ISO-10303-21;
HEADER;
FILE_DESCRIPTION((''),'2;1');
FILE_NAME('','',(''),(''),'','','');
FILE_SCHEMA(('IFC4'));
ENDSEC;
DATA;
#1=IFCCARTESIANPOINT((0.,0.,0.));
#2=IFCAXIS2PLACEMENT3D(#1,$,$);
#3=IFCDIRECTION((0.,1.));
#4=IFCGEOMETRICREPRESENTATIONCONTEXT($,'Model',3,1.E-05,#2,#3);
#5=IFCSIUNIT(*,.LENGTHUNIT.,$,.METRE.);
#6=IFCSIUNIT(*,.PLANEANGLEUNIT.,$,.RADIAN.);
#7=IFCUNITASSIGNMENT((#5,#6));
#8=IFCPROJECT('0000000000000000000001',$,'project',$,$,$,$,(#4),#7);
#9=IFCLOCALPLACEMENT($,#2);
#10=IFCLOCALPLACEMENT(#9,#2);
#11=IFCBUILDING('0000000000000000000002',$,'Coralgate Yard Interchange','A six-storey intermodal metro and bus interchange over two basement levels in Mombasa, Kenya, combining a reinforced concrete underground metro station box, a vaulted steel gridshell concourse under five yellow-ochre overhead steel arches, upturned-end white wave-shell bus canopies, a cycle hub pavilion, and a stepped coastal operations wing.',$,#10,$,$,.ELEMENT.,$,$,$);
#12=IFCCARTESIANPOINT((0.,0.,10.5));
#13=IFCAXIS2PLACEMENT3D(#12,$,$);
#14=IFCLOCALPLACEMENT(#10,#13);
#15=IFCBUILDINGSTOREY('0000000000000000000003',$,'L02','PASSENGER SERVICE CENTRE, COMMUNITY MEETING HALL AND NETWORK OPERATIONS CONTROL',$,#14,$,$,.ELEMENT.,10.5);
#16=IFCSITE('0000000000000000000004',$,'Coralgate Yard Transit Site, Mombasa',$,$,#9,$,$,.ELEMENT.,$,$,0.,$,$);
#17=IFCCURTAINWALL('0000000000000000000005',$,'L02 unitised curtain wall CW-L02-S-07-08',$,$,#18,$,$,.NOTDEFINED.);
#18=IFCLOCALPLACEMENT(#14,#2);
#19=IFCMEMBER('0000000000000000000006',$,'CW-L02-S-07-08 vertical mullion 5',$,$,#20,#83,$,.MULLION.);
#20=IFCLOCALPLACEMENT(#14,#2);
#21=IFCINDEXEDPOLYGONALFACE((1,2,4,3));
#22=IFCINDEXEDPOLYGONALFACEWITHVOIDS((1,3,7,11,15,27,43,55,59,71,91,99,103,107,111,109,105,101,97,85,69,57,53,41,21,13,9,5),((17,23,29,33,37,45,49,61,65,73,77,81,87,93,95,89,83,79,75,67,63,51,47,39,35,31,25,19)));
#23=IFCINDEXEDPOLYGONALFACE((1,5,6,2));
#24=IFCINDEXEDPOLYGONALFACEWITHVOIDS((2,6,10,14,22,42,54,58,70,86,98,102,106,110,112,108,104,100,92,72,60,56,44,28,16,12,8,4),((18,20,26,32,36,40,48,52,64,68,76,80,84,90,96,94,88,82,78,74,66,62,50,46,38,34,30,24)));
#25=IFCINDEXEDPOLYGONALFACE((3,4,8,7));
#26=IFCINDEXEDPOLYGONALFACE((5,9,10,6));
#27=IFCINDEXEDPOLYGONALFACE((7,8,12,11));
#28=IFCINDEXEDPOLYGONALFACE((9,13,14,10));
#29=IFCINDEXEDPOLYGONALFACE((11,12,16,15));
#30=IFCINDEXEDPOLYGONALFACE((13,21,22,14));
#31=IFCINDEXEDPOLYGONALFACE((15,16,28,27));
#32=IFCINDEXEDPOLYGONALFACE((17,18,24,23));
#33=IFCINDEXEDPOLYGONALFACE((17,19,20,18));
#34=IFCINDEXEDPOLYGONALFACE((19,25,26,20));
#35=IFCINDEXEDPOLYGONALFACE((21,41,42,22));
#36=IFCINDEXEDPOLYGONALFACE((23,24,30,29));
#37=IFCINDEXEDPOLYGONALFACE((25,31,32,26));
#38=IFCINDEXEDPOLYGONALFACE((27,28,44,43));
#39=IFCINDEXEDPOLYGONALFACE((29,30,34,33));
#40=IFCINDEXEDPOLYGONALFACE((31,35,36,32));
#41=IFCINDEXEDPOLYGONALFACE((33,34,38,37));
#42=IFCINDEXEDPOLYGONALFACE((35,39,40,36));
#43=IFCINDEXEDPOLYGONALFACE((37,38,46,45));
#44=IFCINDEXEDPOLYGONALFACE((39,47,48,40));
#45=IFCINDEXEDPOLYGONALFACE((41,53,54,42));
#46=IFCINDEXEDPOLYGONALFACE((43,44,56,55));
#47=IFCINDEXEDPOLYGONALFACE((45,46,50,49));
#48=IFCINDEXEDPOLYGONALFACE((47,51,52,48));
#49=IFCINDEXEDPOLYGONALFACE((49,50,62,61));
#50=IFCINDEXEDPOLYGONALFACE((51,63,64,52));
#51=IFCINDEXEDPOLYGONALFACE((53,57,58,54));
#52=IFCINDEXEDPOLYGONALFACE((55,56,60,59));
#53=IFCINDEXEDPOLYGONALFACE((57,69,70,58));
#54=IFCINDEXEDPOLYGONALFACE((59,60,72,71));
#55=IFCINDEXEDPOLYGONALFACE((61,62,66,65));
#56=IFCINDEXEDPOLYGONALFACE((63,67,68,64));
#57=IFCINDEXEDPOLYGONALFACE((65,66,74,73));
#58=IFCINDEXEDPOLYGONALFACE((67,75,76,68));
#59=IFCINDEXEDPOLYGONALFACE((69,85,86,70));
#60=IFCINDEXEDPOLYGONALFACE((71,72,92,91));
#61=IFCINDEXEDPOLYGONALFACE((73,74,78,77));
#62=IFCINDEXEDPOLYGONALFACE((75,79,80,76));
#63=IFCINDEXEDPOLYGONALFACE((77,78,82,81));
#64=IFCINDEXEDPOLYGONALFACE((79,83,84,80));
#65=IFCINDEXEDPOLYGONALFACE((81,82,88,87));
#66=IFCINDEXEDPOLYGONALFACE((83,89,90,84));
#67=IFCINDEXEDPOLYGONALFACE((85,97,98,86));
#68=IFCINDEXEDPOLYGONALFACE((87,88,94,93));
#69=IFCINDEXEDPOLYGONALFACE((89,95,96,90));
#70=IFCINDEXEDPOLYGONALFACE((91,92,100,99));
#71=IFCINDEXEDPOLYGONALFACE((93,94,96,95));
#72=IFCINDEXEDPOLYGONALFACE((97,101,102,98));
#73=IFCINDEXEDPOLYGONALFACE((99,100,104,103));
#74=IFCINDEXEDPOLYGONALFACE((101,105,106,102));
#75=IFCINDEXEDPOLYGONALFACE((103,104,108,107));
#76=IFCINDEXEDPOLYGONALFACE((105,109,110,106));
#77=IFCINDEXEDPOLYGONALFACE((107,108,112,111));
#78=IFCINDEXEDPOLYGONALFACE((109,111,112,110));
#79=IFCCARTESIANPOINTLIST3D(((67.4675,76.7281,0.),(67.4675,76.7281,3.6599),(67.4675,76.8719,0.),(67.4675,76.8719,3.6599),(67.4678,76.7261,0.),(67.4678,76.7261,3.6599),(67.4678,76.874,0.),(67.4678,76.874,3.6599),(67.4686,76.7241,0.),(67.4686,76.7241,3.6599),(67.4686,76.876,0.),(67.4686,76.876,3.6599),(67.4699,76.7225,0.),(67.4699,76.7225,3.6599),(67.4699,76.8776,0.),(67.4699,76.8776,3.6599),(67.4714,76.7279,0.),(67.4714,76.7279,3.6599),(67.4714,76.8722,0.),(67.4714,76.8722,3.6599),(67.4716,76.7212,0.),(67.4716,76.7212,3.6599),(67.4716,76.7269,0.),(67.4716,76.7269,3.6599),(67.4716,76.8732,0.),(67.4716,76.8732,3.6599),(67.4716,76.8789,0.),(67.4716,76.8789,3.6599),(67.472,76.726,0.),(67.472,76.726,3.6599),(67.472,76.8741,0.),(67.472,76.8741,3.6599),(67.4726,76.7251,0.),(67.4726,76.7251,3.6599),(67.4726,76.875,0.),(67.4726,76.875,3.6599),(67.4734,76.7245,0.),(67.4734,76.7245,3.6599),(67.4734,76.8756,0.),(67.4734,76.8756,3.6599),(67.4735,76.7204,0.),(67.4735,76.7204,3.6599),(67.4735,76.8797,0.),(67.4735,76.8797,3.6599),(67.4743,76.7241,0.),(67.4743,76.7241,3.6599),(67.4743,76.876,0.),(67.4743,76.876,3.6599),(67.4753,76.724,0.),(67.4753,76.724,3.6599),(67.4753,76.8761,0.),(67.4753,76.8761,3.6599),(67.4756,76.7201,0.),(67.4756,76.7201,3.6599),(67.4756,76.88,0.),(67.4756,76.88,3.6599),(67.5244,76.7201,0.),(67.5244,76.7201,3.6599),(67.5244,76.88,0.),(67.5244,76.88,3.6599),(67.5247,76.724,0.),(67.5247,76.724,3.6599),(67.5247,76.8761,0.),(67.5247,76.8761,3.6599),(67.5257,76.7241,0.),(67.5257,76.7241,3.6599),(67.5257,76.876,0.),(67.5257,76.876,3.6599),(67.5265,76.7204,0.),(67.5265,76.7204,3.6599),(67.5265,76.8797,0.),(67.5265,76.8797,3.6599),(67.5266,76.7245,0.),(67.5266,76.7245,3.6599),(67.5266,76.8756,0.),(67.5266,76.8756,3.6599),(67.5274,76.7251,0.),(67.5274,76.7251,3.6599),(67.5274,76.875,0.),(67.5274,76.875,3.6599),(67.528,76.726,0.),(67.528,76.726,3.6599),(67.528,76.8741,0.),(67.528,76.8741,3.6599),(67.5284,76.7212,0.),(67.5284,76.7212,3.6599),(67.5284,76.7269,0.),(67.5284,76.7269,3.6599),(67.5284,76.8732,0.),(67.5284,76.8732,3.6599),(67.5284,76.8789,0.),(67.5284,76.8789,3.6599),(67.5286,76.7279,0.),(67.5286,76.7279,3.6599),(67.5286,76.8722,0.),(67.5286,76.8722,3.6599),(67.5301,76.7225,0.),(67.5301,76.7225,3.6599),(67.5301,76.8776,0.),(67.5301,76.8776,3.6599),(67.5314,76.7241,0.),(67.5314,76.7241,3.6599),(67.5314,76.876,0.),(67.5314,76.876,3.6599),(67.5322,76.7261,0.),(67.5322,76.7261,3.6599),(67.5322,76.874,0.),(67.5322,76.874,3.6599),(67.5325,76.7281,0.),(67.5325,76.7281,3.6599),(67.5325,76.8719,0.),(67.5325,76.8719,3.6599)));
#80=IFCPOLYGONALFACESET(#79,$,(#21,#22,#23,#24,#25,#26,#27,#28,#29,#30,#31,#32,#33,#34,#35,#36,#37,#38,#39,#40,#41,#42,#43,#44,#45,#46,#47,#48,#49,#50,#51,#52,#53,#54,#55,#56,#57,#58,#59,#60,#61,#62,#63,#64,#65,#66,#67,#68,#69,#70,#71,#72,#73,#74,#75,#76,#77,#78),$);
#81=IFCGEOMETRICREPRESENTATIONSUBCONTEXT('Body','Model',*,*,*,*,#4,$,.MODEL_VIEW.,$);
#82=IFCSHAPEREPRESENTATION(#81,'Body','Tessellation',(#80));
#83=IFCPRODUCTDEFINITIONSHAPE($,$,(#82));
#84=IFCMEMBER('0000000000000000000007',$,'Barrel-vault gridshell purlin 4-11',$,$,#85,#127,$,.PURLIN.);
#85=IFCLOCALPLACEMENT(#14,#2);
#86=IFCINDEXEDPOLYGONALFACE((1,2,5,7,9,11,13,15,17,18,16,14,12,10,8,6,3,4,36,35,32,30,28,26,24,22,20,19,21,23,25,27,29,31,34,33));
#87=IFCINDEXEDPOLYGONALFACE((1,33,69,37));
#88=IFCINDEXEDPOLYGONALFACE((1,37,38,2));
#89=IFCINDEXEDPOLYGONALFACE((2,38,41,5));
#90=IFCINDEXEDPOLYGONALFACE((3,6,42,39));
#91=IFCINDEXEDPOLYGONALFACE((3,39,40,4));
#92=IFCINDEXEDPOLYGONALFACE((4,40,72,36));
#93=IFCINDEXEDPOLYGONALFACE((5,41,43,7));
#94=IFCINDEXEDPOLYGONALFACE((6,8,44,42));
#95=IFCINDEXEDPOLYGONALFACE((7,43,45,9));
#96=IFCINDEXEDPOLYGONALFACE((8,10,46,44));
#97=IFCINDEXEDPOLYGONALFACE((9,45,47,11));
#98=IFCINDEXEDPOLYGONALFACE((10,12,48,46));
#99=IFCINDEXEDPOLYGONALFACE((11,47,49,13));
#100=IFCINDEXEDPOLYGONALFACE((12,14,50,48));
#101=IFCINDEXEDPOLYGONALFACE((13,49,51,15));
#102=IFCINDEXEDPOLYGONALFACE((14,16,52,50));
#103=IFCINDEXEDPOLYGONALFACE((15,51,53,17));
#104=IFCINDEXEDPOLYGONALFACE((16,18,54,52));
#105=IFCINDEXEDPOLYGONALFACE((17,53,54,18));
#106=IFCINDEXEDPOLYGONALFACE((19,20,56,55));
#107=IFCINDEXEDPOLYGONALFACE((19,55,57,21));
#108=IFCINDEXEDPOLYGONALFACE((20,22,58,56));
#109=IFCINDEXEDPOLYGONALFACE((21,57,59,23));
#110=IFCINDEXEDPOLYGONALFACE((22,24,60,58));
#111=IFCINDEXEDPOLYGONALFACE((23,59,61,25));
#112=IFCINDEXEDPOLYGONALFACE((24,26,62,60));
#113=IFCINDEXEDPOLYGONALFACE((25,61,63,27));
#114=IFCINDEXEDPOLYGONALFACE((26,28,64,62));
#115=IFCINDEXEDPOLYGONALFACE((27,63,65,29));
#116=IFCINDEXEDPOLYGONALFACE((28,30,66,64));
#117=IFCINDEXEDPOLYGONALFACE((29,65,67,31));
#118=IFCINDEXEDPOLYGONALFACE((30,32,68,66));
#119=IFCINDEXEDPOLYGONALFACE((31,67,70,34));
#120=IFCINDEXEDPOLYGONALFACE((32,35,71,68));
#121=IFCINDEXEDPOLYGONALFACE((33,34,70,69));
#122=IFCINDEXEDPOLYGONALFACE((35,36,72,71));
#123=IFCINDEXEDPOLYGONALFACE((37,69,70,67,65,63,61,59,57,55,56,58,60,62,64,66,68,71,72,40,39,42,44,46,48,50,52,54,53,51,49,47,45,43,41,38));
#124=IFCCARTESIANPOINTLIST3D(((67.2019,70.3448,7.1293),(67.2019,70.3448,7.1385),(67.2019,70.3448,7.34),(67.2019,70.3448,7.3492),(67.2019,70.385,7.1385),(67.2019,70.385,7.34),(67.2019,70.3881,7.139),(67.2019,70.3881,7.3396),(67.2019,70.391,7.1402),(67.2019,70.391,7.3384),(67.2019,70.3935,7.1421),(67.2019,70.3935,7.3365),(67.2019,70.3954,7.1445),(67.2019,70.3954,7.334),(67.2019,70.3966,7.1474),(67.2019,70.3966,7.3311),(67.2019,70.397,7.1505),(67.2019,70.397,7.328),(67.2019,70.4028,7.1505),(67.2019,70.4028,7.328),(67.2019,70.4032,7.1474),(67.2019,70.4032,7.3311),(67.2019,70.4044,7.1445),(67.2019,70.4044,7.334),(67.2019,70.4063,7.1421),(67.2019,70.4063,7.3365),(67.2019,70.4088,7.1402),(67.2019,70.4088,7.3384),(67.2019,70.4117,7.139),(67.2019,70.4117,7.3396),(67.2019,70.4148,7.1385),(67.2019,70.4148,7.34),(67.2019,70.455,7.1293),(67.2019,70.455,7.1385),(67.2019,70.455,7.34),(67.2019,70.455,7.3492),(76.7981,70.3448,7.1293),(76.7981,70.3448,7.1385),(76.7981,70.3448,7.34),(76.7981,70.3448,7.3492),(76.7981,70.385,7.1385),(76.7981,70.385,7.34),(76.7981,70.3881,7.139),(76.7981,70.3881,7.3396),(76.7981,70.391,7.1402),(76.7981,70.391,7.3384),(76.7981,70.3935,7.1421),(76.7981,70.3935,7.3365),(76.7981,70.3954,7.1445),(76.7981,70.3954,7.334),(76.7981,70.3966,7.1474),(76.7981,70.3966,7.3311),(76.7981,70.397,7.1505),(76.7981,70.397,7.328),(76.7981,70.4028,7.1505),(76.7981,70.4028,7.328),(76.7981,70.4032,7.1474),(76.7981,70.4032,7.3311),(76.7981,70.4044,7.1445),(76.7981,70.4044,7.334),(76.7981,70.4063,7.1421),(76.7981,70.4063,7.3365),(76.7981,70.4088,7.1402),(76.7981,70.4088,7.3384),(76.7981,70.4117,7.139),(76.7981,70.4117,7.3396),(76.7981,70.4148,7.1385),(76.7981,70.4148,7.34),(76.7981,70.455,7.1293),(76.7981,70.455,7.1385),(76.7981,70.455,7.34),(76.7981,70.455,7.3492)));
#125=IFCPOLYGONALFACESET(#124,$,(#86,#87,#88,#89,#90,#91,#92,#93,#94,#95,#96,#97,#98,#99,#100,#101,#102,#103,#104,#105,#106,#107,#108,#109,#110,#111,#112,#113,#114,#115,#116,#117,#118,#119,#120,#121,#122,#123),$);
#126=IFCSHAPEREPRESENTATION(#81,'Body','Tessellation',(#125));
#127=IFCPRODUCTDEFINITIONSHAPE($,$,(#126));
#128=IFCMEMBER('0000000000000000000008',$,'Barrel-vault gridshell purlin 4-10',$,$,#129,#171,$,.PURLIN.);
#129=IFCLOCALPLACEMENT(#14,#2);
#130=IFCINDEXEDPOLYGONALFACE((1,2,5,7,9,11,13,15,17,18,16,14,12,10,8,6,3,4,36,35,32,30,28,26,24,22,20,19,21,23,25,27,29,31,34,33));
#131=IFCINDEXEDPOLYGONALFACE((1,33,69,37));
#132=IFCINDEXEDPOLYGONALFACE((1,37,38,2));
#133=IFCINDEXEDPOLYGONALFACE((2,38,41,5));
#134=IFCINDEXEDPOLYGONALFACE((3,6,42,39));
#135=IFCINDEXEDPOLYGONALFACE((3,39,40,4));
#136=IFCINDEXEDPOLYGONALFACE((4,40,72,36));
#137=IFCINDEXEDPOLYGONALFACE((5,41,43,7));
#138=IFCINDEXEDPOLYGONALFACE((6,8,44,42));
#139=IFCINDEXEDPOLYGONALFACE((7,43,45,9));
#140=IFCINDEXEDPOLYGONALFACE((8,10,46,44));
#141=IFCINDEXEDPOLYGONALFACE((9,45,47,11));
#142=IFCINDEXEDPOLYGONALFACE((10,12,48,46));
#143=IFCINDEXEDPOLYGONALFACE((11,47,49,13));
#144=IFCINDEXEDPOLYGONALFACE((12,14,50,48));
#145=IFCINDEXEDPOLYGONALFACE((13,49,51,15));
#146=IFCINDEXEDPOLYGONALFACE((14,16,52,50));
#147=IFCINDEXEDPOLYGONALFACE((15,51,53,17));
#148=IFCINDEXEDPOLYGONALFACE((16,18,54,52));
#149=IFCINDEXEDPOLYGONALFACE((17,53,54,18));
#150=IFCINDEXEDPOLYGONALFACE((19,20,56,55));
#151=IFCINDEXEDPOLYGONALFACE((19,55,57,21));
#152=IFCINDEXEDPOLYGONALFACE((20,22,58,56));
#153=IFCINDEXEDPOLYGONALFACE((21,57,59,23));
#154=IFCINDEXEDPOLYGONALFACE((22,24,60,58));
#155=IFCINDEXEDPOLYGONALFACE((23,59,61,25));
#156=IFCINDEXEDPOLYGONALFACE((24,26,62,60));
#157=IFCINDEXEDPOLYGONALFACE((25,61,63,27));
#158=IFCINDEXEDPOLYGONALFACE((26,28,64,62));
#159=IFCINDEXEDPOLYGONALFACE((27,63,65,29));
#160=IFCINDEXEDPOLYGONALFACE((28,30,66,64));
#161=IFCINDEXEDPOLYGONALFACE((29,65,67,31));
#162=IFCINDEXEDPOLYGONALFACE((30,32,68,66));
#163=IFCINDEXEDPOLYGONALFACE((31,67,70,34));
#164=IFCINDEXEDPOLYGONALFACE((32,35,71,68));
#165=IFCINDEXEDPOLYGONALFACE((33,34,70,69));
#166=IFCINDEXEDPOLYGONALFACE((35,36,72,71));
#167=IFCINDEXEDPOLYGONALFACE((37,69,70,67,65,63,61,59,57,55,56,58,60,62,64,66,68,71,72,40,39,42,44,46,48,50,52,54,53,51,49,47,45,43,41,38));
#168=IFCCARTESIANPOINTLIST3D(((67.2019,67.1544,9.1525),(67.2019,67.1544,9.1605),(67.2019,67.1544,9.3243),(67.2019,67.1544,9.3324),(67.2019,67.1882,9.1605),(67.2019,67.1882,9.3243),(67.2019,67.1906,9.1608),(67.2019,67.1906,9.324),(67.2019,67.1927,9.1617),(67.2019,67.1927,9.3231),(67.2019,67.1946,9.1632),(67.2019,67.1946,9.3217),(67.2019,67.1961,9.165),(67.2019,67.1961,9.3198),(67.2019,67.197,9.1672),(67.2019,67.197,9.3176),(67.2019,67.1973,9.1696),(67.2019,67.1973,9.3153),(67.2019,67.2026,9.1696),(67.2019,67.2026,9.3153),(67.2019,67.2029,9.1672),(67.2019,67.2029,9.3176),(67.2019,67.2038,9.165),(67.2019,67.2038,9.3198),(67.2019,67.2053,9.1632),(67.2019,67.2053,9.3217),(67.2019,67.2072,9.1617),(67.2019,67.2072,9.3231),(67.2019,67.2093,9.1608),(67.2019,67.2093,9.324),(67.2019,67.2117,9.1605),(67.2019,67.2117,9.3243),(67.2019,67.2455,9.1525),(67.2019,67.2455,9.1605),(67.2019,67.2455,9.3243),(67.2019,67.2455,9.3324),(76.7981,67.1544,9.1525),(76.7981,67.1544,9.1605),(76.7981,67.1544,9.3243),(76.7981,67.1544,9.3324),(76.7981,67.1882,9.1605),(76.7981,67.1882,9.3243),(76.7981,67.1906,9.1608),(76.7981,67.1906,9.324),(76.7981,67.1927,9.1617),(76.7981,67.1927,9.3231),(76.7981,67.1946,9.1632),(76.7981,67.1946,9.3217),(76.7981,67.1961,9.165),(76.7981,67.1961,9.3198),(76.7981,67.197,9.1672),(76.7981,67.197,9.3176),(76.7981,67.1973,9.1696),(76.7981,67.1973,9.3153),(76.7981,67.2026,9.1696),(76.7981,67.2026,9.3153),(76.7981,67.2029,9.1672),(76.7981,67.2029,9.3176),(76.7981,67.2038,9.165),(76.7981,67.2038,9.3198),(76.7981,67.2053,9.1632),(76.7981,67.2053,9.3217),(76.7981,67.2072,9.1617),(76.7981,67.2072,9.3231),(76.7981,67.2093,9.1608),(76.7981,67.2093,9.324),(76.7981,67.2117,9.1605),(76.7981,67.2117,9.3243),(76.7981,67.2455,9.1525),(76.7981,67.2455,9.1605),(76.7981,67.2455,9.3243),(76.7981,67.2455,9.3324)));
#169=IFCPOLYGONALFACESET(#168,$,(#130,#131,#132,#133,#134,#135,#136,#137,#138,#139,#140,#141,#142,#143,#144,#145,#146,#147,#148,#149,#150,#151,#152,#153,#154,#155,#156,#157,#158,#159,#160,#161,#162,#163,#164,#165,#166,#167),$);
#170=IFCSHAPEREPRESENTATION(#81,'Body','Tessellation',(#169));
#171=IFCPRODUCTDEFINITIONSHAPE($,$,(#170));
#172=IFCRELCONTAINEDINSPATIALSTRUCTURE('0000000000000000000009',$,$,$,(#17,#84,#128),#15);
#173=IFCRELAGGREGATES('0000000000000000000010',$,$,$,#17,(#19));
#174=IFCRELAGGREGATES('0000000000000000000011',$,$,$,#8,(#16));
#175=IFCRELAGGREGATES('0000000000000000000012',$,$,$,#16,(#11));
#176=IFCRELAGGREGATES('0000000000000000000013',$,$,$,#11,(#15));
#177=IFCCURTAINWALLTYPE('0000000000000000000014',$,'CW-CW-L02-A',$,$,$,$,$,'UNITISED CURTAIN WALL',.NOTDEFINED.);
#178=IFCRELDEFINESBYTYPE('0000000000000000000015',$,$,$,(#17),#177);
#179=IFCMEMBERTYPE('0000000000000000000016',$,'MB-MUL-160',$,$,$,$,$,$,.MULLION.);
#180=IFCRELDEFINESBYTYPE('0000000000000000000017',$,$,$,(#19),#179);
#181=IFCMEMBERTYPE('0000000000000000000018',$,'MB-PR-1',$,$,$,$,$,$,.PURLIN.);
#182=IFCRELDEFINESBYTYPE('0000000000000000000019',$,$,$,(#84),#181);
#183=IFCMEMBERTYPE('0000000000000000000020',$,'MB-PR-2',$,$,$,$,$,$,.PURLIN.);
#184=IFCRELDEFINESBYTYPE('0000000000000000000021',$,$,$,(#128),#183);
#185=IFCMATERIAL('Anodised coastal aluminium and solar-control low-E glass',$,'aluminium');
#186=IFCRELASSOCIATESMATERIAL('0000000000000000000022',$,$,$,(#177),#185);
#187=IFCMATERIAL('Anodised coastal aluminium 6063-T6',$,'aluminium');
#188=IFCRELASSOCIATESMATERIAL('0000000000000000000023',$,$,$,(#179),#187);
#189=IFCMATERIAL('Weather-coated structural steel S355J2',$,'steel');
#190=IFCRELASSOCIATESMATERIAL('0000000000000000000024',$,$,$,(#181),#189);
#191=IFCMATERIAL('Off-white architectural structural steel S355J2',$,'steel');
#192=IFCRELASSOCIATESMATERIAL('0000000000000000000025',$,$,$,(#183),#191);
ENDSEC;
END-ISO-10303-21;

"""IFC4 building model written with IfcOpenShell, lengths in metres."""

from ifc_helpers import new_model, si_unit, direction, frame, origin, origin_2d, place, context, subcontext, project, spatial, hollow_rectangle, i_section, extrude, material, material_profile, profile_set, type_object, element, aggregate, save


model = new_model("IFC4")

# Units and contexts
model_context = context("Model", 3, precision=1e-05, world=origin(), true_north=direction((0.0, 1.0)))
body_context = subcontext(model_context, "Body", "Model", "MODEL_VIEW")
ifc_project = project(units=[si_unit("LENGTHUNIT", "METRE"), si_unit("PLANEANGLEUNIT", "RADIAN")], contexts=[model_context])

# Site, building, storey
site_placement = place(None, origin())
site = spatial("IfcSite", under=ifc_project, at=site_placement, Name="Coralgate Yard Transit Site, Mombasa", CompositionType="ELEMENT", RefElevation=0.0)
building_placement = place(site_placement, origin())
building = spatial("IfcBuilding", under=site, at=building_placement, Name="Coralgate Yard Interchange", Description="A six-storey intermodal metro and bus interchange over two basement levels in Mombasa, Kenya, combining a reinforced concrete underground metro station box, a vaulted steel gridshell concourse under five yellow-ochre overhead steel arches, upturned-end white wave-shell bus canopies, a cycle hub pavilion, and a stepped coastal operations wing.", CompositionType="ELEMENT")
storey_placement = place(building_placement, frame((0.0, 0.0, 10.5)))
storey = spatial("IfcBuildingStorey", under=building, at=storey_placement, Name="L02", Description="PASSENGER SERVICE CENTRE, COMMUNITY MEETING HALL AND NETWORK OPERATIONS CONTROL", CompositionType="ELEMENT", Elevation=10.5)

# Shared definitions
ifc_material_1 = material(Name="Weather-coated structural steel S355J2", Category="steel")

# Shared definitions
ifc_material_2 = material(Name="Anodised coastal aluminium and solar-control low-E glass", Category="aluminium")
curtain_wall_type = type_object("IfcCurtainWallType", Name="CW-CW-L02-A", ElementType="UNITISED CURTAIN WALL", PredefinedType="NOTDEFINED", material=ifc_material_2)
ifc_material_3 = material(Name="Anodised coastal aluminium 6063-T6", Category="aluminium")
ifc_material_profile_1 = material_profile(ifc_material_3, hollow_rectangle(XDim=0.0649, YDim=0.1599, WallThickness=0.0039, InnerFilletRadius=0.0039, OuterFilletRadius=0.0081, at=origin_2d()), Name="ALU 65x160x4")
ifc_profile_set_1 = profile_set([ifc_material_profile_1], Name="Anodised coastal aluminium 6063-T6")
member_type_1 = type_object("IfcMemberType", Name="MB-MUL-160", PredefinedType="MULLION", material=ifc_profile_set_1)

# Curtain wall, member
curtain_wall_1_placement = place(storey_placement, origin())
curtain_wall_1 = element("IfcCurtainWall", 1, at=curtain_wall_1_placement, inside=storey, type_object=curtain_wall_type, Name="L02 unitised curtain wall CW-L02-S-07-08", PredefinedType="NOTDEFINED")
member_1_placement = place(storey_placement, frame((67.5, 76.8, 0.0), z_axis=(0.0, 0.0, 1.0), x_axis=(1.0, 0.0, 0.0)))
member_1 = element("IfcMember", 2, at=member_1_placement, type_object=member_type_1, Name="CW-L02-S-07-08 vertical mullion 5", PredefinedType="MULLION", context=body_context, shape_type="SweptSolid", body=[
    extrude(hollow_rectangle(XDim=0.0649, YDim=0.1599, WallThickness=0.0039, InnerFilletRadius=0.0039, OuterFilletRadius=0.0081, at=origin_2d()), origin(), (0.0, 0.0, 1.0), 3.6599),
])

# Members
ifc_material_profile_2 = material_profile(ifc_material_1, i_section(OverallWidth=0.1101, OverallDepth=0.22, WebThickness=0.0059, FlangeThickness=0.0093, FilletRadius=0.012, at=origin_2d()), Name="IPE 220")
ifc_profile_set_2 = profile_set([ifc_material_profile_2], Name="Weather-coated structural steel S355J2")
member_type_2 = type_object("IfcMemberType", Name="MB-PR-1", PredefinedType="PURLIN", material=ifc_profile_set_2)
member_2_placement = place(storey_placement, frame((67.2019, 70.3999, 7.2393), z_axis=(1.0, 0.0, 0.0), x_axis=(0.0, 1.0, 0.0)))
element("IfcMember", 3, at=member_2_placement, inside=storey, type_object=member_type_2, Name="Barrel-vault gridshell purlin 4-11", PredefinedType="PURLIN", context=body_context, shape_type="SweptSolid", body=[
    extrude(i_section(OverallWidth=0.1101, OverallDepth=0.22, WebThickness=0.0059, FlangeThickness=0.0093, FilletRadius=0.012, at=origin_2d()), origin(), (0.0, 0.0, 1.0), 9.5962),
])
ifc_material_4 = material(Name="Off-white architectural structural steel S355J2", Category="steel")
ifc_material_profile_3 = material_profile(ifc_material_4, i_section(OverallWidth=0.0911, OverallDepth=0.1799, WebThickness=0.0054, FlangeThickness=0.0081, FilletRadius=0.009, at=origin_2d()), Name="IPE 180")
ifc_profile_set_3 = profile_set([ifc_material_profile_3], Name="Off-white architectural structural steel S355J2")
member_type_3 = type_object("IfcMemberType", Name="MB-PR-2", PredefinedType="PURLIN", material=ifc_profile_set_3)
for number, where, z_axis, x_axis, name in (
    (4, (67.2019, 67.2, 9.2424), (1.0, 0.0, 0.0), (0.0, 1.0, 0.0), "Barrel-vault gridshell purlin 4-10"),
):
    element("IfcMember", number, at=place(storey_placement, frame(where, z_axis=z_axis, x_axis=x_axis)), inside=storey, type_object=member_type_3, Name=name, PredefinedType="PURLIN", context=body_context, shape_type="SweptSolid", body=[
        extrude(i_section(OverallWidth=0.0911, OverallDepth=0.1799, WebThickness=0.0054, FlangeThickness=0.0081, FilletRadius=0.009, at=origin_2d()), origin(), (0.0, 0.0, 1.0), 9.5962),
    ])

aggregate(curtain_wall_1, [member_1])

save(model, "model.ifc")
